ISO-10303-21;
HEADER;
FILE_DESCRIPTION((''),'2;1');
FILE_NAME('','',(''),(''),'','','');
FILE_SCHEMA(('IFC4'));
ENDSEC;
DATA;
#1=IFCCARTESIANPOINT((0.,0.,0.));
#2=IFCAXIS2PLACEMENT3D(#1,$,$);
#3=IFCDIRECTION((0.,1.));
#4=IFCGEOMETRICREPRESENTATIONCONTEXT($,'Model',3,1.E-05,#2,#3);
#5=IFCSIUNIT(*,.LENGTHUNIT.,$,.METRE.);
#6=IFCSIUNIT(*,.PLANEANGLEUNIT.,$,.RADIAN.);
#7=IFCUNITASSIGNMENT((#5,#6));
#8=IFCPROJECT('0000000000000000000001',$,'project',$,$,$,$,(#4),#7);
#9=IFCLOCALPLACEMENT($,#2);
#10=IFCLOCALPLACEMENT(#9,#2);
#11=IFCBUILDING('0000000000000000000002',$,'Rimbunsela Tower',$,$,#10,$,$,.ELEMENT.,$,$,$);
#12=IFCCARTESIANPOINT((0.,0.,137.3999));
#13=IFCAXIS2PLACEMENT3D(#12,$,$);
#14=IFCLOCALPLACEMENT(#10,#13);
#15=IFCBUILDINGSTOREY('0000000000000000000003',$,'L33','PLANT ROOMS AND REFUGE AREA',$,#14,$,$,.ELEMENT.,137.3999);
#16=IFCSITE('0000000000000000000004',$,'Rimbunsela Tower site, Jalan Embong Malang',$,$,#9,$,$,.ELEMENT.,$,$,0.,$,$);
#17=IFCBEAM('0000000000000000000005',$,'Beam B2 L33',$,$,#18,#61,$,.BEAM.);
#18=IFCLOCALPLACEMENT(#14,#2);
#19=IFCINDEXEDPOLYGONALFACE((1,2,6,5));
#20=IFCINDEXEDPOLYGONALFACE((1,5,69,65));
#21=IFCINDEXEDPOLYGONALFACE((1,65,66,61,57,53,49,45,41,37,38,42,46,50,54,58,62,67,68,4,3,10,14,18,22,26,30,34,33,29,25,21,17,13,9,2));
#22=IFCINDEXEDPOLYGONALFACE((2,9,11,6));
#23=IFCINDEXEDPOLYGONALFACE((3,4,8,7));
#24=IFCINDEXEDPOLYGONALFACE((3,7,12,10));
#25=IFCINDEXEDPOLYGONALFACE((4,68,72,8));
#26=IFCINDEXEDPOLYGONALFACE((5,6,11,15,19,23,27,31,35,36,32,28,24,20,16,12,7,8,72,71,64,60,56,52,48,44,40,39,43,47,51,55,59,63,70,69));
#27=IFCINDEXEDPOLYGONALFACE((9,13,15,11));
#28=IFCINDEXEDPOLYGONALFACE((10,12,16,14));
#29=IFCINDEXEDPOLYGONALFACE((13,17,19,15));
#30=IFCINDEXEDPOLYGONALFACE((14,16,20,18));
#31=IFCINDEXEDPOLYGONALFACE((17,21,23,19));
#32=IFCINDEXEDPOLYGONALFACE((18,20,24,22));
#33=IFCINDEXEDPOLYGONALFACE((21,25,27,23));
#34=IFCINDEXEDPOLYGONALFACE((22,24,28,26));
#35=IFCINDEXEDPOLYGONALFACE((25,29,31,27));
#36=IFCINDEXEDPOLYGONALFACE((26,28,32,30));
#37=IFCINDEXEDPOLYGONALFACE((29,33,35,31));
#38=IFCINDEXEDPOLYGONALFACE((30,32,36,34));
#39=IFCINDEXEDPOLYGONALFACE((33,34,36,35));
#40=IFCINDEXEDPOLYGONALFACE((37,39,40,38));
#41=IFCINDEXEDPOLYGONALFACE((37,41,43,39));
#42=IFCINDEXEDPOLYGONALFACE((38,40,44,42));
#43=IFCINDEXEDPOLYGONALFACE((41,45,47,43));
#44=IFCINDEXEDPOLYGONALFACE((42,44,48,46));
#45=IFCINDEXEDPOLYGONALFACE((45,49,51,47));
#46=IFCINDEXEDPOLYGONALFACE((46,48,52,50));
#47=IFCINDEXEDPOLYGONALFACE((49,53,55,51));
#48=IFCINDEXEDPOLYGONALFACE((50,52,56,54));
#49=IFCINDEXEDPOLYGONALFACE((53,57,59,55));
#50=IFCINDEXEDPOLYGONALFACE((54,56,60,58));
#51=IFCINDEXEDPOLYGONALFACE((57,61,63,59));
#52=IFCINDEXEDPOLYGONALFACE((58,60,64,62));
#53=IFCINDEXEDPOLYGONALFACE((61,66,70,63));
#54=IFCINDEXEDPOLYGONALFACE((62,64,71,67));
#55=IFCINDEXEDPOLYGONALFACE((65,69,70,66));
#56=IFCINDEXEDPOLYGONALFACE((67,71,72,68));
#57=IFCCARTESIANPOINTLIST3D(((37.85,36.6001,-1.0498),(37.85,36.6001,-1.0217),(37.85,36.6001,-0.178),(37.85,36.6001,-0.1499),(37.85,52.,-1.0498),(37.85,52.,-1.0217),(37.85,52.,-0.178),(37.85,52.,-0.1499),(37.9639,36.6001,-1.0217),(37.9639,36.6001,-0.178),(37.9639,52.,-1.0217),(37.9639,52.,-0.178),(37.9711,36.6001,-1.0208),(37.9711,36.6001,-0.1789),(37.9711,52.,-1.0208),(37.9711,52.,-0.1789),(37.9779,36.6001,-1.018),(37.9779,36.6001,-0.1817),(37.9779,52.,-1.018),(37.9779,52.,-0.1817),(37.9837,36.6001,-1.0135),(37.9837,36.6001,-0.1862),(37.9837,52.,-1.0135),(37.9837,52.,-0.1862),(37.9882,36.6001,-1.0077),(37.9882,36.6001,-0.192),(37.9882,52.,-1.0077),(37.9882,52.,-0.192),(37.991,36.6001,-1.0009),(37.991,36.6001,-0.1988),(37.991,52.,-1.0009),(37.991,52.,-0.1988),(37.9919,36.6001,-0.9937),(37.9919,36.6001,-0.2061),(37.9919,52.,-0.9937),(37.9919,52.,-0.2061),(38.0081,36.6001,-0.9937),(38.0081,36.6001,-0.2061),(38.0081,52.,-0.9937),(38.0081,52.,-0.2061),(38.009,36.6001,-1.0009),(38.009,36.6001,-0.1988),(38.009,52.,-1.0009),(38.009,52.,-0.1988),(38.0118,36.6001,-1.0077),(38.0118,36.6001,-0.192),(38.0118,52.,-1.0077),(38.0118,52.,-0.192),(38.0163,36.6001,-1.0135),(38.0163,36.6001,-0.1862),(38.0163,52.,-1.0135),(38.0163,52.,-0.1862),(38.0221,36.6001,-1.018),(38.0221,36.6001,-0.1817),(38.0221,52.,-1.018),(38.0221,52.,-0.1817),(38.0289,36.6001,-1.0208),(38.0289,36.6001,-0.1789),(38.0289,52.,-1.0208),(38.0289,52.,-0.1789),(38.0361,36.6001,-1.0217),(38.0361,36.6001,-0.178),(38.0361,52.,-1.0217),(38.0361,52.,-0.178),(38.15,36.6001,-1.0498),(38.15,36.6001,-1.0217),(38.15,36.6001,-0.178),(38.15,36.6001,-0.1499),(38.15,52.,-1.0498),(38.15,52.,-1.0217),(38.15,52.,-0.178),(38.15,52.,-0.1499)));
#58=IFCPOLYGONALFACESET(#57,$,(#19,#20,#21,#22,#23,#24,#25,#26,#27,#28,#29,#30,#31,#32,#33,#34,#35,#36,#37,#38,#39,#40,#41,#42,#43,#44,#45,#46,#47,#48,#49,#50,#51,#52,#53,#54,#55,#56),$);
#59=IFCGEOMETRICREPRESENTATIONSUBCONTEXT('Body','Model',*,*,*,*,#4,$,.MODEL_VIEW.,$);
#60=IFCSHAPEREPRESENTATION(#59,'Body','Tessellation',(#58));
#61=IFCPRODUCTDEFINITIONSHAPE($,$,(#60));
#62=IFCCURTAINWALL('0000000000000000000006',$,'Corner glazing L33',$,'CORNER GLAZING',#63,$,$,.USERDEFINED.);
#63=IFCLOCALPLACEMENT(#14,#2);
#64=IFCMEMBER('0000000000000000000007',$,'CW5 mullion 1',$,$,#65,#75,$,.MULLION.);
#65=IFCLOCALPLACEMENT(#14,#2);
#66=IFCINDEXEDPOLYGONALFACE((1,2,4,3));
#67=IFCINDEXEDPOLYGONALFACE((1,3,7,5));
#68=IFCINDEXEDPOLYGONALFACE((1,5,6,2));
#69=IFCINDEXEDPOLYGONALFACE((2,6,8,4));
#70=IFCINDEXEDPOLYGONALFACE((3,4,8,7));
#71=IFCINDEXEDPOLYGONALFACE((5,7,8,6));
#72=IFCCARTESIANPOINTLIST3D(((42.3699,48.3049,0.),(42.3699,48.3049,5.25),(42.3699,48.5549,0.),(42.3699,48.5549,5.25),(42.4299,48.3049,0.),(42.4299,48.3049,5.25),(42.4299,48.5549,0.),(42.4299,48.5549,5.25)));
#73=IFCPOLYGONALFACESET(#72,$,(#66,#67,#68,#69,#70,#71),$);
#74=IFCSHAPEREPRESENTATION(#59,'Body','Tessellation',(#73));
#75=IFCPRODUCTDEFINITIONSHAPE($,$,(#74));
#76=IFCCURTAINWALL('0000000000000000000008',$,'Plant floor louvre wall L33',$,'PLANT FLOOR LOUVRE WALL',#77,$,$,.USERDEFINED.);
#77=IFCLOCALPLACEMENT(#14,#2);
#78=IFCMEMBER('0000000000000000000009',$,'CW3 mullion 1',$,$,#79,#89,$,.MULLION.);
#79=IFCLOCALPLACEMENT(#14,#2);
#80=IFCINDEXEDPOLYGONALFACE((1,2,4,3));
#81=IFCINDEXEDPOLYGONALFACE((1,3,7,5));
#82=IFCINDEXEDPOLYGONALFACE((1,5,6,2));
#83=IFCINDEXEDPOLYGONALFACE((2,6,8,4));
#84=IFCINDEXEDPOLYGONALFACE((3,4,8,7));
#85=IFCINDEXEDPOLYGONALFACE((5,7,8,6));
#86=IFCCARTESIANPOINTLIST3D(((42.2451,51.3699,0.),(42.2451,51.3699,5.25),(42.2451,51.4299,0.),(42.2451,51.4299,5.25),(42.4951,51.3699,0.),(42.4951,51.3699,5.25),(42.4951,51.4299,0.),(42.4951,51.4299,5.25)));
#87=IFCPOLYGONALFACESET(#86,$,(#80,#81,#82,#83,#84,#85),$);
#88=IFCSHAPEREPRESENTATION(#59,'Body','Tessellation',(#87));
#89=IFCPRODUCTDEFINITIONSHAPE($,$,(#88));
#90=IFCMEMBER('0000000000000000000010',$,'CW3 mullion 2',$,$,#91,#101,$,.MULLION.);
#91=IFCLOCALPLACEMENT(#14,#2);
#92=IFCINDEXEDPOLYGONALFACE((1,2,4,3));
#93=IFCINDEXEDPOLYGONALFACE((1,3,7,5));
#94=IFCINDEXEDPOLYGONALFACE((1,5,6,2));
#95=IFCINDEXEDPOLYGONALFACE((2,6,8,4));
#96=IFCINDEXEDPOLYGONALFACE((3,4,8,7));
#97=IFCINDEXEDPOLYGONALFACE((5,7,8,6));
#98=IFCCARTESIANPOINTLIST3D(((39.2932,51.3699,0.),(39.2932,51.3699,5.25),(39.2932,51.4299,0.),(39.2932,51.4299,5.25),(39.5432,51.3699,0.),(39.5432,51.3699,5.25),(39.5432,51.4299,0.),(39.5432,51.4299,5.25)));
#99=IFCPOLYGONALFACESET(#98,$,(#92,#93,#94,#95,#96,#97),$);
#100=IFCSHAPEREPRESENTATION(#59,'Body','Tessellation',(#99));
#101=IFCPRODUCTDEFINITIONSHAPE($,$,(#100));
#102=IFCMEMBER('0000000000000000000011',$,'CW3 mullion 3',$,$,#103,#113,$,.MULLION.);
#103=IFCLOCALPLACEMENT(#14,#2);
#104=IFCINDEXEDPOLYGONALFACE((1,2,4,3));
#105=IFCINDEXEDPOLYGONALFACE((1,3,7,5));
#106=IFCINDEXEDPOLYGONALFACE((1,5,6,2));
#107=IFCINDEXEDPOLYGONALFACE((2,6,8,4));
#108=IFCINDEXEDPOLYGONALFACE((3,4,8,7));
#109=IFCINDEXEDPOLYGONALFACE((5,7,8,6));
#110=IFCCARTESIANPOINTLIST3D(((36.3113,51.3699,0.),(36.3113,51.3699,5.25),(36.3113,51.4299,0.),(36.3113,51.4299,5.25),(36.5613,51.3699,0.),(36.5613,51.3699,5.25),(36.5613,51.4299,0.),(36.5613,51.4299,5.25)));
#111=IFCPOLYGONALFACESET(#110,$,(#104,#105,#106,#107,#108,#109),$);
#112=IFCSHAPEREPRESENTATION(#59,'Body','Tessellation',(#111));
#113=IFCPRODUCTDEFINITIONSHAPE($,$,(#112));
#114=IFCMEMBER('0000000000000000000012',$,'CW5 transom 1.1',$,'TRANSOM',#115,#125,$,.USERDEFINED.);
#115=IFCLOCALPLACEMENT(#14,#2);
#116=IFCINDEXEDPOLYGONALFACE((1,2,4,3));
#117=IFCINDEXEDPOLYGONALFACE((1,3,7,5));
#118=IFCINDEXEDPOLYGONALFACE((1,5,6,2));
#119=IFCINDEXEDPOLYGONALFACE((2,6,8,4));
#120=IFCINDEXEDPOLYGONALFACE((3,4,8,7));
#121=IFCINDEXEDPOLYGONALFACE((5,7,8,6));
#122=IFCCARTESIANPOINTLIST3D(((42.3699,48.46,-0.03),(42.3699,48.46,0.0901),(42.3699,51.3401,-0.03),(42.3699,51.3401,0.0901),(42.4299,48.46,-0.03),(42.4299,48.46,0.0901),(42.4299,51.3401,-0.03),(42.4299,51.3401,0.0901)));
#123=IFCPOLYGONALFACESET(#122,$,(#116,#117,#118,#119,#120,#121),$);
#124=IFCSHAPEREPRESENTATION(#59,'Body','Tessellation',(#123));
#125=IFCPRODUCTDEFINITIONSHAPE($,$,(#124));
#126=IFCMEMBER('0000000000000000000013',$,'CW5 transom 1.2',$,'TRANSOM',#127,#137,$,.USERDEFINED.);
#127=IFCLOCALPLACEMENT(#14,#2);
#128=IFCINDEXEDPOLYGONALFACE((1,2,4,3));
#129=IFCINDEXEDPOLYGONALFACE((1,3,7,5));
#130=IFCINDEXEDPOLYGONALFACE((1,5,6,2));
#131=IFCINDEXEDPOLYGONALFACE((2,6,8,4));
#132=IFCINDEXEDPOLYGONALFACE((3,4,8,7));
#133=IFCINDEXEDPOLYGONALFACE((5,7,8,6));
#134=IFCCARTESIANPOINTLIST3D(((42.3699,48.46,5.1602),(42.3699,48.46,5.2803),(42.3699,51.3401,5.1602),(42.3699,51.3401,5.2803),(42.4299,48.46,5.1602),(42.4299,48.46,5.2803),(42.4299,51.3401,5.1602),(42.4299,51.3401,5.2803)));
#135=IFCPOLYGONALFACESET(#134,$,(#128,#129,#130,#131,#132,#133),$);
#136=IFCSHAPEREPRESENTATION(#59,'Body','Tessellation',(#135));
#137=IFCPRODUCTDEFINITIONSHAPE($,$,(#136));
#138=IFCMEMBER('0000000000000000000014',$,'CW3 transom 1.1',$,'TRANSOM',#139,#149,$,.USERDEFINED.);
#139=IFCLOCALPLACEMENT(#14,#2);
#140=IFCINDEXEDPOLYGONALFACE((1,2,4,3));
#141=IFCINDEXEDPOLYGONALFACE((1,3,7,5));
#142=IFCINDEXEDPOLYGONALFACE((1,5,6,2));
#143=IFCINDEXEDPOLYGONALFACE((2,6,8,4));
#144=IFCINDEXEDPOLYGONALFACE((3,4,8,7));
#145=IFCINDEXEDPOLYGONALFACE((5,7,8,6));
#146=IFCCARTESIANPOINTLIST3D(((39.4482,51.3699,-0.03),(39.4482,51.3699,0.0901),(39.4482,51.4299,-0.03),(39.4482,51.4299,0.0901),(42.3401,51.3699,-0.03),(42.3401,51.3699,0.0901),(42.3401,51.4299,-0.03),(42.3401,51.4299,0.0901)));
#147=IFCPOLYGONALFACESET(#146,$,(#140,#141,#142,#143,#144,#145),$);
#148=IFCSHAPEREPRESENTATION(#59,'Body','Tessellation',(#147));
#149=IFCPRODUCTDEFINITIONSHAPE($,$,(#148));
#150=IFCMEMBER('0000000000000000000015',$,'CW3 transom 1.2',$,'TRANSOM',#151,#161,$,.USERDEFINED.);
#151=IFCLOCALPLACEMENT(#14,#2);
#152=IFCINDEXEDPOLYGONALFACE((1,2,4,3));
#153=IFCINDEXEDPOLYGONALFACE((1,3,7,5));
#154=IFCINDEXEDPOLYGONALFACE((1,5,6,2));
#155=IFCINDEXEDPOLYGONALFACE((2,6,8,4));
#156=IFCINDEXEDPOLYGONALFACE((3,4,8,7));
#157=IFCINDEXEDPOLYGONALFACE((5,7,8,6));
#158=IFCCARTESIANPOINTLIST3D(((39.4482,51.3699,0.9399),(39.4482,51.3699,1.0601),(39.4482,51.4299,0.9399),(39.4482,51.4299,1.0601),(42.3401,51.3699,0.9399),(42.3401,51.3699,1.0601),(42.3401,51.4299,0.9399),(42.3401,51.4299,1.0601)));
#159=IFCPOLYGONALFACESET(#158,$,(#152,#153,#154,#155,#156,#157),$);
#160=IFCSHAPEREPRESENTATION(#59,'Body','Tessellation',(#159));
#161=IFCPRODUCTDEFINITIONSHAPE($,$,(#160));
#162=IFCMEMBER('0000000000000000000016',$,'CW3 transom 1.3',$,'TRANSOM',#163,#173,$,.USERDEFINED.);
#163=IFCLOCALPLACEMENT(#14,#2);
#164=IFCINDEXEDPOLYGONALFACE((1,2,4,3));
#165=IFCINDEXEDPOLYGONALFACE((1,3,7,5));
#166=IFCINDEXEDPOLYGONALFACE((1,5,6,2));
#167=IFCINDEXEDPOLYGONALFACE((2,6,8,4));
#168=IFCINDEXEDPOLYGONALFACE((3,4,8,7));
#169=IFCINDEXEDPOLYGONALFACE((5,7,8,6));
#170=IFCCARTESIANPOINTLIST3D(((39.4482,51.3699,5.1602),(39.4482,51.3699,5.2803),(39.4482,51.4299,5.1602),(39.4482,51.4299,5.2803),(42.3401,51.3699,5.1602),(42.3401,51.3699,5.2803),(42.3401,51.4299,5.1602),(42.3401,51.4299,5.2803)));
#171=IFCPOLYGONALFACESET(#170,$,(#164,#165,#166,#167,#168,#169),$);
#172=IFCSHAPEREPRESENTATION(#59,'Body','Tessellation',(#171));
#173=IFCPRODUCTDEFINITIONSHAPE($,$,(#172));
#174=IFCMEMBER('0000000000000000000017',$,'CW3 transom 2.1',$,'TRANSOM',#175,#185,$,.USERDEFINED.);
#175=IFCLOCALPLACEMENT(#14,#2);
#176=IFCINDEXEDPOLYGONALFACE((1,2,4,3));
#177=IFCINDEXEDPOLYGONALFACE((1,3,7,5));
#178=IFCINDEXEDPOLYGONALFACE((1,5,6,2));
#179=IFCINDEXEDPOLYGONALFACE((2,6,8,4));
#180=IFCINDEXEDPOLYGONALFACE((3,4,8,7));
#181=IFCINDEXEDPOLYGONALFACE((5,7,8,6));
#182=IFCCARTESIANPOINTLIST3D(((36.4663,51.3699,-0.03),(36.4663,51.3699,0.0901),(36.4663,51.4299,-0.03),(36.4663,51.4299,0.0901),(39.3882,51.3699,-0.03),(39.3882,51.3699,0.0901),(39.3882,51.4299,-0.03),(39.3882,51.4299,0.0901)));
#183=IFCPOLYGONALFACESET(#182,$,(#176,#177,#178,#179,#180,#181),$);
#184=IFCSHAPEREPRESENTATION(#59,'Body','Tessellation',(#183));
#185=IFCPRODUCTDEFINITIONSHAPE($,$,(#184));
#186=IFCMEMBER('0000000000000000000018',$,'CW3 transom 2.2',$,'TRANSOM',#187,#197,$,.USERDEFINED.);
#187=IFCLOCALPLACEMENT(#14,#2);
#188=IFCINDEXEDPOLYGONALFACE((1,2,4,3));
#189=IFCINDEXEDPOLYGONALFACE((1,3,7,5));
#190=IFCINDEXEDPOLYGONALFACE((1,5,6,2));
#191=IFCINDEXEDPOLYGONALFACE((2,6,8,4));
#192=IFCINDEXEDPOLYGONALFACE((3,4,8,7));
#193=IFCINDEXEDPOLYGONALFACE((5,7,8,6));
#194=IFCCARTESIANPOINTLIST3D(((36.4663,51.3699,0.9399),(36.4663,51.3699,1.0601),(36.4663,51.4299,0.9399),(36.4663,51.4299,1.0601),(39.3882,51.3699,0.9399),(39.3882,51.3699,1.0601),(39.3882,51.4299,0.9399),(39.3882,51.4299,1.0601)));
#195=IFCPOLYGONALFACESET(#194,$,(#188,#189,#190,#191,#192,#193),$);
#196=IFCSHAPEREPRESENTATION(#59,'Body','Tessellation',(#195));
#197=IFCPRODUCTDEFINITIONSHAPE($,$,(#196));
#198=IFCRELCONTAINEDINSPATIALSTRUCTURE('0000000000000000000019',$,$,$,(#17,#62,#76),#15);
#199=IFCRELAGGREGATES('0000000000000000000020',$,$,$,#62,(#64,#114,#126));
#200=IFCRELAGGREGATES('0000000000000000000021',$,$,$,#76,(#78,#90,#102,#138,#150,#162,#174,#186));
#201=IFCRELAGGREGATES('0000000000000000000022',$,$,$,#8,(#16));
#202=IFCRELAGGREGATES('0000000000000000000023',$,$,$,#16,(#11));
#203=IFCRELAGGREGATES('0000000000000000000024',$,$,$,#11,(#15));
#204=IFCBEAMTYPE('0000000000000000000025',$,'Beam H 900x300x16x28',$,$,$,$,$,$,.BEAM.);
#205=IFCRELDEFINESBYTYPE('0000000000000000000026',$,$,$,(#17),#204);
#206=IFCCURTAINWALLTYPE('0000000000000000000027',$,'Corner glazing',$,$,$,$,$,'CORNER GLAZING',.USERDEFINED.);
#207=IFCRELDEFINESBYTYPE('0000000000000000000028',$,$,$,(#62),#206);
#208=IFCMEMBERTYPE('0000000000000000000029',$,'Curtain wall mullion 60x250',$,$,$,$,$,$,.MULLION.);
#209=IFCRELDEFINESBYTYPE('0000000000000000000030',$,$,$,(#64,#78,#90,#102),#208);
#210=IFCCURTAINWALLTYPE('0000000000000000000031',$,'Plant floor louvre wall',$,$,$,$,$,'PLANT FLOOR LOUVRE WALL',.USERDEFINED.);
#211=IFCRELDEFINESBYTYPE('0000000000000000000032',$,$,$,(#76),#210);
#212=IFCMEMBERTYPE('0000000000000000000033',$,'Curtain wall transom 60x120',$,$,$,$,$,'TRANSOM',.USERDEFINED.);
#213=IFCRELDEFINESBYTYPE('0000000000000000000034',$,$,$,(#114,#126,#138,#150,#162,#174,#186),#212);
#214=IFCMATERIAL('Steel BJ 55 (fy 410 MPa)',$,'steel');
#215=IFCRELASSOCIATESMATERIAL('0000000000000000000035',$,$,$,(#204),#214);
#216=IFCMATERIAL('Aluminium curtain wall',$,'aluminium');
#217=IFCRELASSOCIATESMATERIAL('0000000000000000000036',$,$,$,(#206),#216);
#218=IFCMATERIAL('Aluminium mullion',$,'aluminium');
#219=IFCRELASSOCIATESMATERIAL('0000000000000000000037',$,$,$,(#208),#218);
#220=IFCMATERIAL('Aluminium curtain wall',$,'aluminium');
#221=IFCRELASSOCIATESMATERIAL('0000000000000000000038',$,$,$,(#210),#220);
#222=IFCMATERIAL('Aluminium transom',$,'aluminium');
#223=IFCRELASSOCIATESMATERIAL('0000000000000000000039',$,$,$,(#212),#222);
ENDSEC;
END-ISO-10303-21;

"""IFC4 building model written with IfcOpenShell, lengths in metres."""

from ifc_helpers import new_model, si_unit, direction, frame, origin, origin_2d, place, context, subcontext, project, spatial, rectangle, i_section, extrude, material, material_profile, profile_set, type_object, element, aggregate, save


model = new_model("IFC4")

# Units and contexts
model_context = context("Model", 3, precision=1e-05, world=origin(), true_north=direction((0.0, 1.0)))
body_context = subcontext(model_context, "Body", "Model", "MODEL_VIEW")
ifc_project = project(units=[si_unit("LENGTHUNIT", "METRE"), si_unit("PLANEANGLEUNIT", "RADIAN")], contexts=[model_context])

# Site, building, storey
site_placement = place(None, origin())
site = spatial("IfcSite", under=ifc_project, at=site_placement, Name="Rimbunsela Tower site, Jalan Embong Malang", CompositionType="ELEMENT", RefElevation=0.0)
building_placement = place(site_placement, origin())
building = spatial("IfcBuilding", under=site, at=building_placement, Name="Rimbunsela Tower", CompositionType="ELEMENT")
storey_placement = place(building_placement, frame((0.0, 0.0, 137.3999)))
storey = spatial("IfcBuildingStorey", under=building, at=storey_placement, Name="L33", Description="PLANT ROOMS AND REFUGE AREA", CompositionType="ELEMENT", Elevation=137.3999)

# Beam
ifc_material_1 = material(Name="Steel BJ 55 (fy 410 MPa)", Category="steel")
ifc_material_profile_1 = material_profile(ifc_material_1, i_section(OverallWidth=0.3, OverallDepth=0.8999, WebThickness=0.0161, FlangeThickness=0.0281, FilletRadius=0.0281, at=origin_2d()), Name="H 900x300x16x28")
ifc_profile_set_1 = profile_set([ifc_material_profile_1], Name="Steel BJ 55 (fy 410 MPa)")
beam_type_1 = type_object("IfcBeamType", Name="Beam H 900x300x16x28", PredefinedType="BEAM", material=ifc_profile_set_1)
beam_1_placement = place(storey_placement, frame((38.0, 36.6001, -0.5999), z_axis=(0.0, 1.0, 0.0), x_axis=(-1.0, 0.0, 0.0)))
element("IfcBeam", 1, at=beam_1_placement, inside=storey, type_object=beam_type_1, Name="Beam B2 L33", PredefinedType="BEAM", context=body_context, shape_type="SweptSolid", body=[
    extrude(i_section(OverallWidth=0.3, OverallDepth=0.8999, WebThickness=0.0161, FlangeThickness=0.0281, FilletRadius=0.0281, at=origin_2d()), origin(), (0.0, 0.0, 1.0), 15.3999),
])

# Curtain wall, member
ifc_material_2 = material(Name="Aluminium curtain wall", Category="aluminium")
curtain_wall_type_1 = type_object("IfcCurtainWallType", Name="Corner glazing", ElementType="CORNER GLAZING", PredefinedType="USERDEFINED", material=ifc_material_2)
curtain_wall_1_placement = place(storey_placement, origin())
curtain_wall_1 = element("IfcCurtainWall", 2, at=curtain_wall_1_placement, inside=storey, type_object=curtain_wall_type_1, Name="Corner glazing L33", ObjectType="CORNER GLAZING", PredefinedType="USERDEFINED")
ifc_material_3 = material(Name="Aluminium mullion", Category="aluminium")
ifc_material_profile_2 = material_profile(ifc_material_3, rectangle(XDim=0.0601, YDim=0.25, at=origin_2d()), Name="Mullion 60x250")
ifc_profile_set_2 = profile_set([ifc_material_profile_2], Name="Aluminium mullion")
member_type_1 = type_object("IfcMemberType", Name="Curtain wall mullion 60x250", PredefinedType="MULLION", material=ifc_profile_set_2)
member_1_placement = place(storey_placement, frame((42.3999, 48.4299, 0.0), z_axis=(0.0, 0.0, 1.0), x_axis=(-1.0, 0.0, 0.0)))
member_1 = element("IfcMember", 3, at=member_1_placement, type_object=member_type_1, Name="CW5 mullion 1", PredefinedType="MULLION", context=body_context, shape_type="SweptSolid", body=[
    extrude(rectangle(XDim=0.0601, YDim=0.25, at=origin_2d()), origin(), (0.0, 0.0, 1.0), 5.25),
])

# Curtain wall, members
ifc_material_4 = material(Name="Aluminium curtain wall", Category="aluminium")
curtain_wall_type_2 = type_object("IfcCurtainWallType", Name="Plant floor louvre wall", ElementType="PLANT FLOOR LOUVRE WALL", PredefinedType="USERDEFINED", material=ifc_material_4)
curtain_wall_2_placement = place(storey_placement, origin())
curtain_wall_2 = element("IfcCurtainWall", 4, at=curtain_wall_2_placement, inside=storey, type_object=curtain_wall_type_2, Name="Plant floor louvre wall L33", ObjectType="PLANT FLOOR LOUVRE WALL", PredefinedType="USERDEFINED")
member_2_placement = place(storey_placement, frame((42.3701, 51.3999, 0.0), z_axis=(0.0, 0.0, 1.0), x_axis=(0.0, -1.0, 0.0)))
member_2 = element("IfcMember", 5, at=member_2_placement, type_object=member_type_1, Name="CW3 mullion 1", PredefinedType="MULLION", context=body_context, shape_type="SweptSolid", body=[
    extrude(rectangle(XDim=0.0601, YDim=0.25, at=origin_2d()), origin(), (0.0, 0.0, 1.0), 5.25),
])
member_3_placement = place(storey_placement, frame((39.4182, 51.3999, 0.0), z_axis=(0.0, 0.0, 1.0), x_axis=(0.0, -1.0, 0.0)))
member_3 = element("IfcMember", 6, at=member_3_placement, type_object=member_type_1, Name="CW3 mullion 2", PredefinedType="MULLION", context=body_context, shape_type="SweptSolid", body=[
    extrude(rectangle(XDim=0.0601, YDim=0.25, at=origin_2d()), origin(), (0.0, 0.0, 1.0), 5.25),
])
member_4_placement = place(storey_placement, frame((36.4363, 51.3999, 0.0), z_axis=(0.0, 0.0, 1.0), x_axis=(0.0, -1.0, 0.0)))
member_4 = element("IfcMember", 7, at=member_4_placement, type_object=member_type_1, Name="CW3 mullion 3", PredefinedType="MULLION", context=body_context, shape_type="SweptSolid", body=[
    extrude(rectangle(XDim=0.0601, YDim=0.25, at=origin_2d()), origin(), (0.0, 0.0, 1.0), 5.25),
])

# Members
ifc_material_5 = material(Name="Aluminium transom", Category="aluminium")
ifc_material_profile_3 = material_profile(ifc_material_5, rectangle(XDim=0.0601, YDim=0.1201, at=origin_2d()), Name="Transom 60x120")
ifc_profile_set_3 = profile_set([ifc_material_profile_3], Name="Aluminium transom")
member_type_2 = type_object("IfcMemberType", Name="Curtain wall transom 60x120", ElementType="TRANSOM", PredefinedType="USERDEFINED", material=ifc_profile_set_3)
member_5_placement = place(storey_placement, frame((42.3999, 48.46, 0.03), z_axis=(0.0, 1.0, 0.0), x_axis=(-1.0, 0.0, 0.0)))
member_5 = element("IfcMember", 8, at=member_5_placement, type_object=member_type_2, Name="CW5 transom 1.1", ObjectType="TRANSOM", PredefinedType="USERDEFINED", context=body_context, shape_type="SweptSolid", body=[
    extrude(rectangle(XDim=0.0601, YDim=0.1201, at=origin_2d()), origin(), (0.0, 0.0, 1.0), 2.8801),
])
member_6_placement = place(storey_placement, frame((42.3999, 48.46, 5.2202), z_axis=(0.0, 1.0, 0.0), x_axis=(-1.0, 0.0, 0.0)))
member_6 = element("IfcMember", 9, at=member_6_placement, type_object=member_type_2, Name="CW5 transom 1.2", ObjectType="TRANSOM", PredefinedType="USERDEFINED", context=body_context, shape_type="SweptSolid", body=[
    extrude(rectangle(XDim=0.0601, YDim=0.1201, at=origin_2d()), origin(), (0.0, 0.0, 1.0), 2.8801),
])
member_7_placement = place(storey_placement, frame((42.3401, 51.3999, 0.03), z_axis=(-1.0, 0.0, 0.0), x_axis=(0.0, -1.0, 0.0)))
member_7 = element("IfcMember", 10, at=member_7_placement, type_object=member_type_2, Name="CW3 transom 1.1", ObjectType="TRANSOM", PredefinedType="USERDEFINED", context=body_context, shape_type="SweptSolid", body=[
    extrude(rectangle(XDim=0.0601, YDim=0.1201, at=origin_2d()), origin(), (0.0, 0.0, 1.0), 2.8918),
])
member_8_placement = place(storey_placement, frame((42.3401, 51.3999, 1.0), z_axis=(-1.0, 0.0, 0.0), x_axis=(0.0, -1.0, 0.0)))
member_8 = element("IfcMember", 11, at=member_8_placement, type_object=member_type_2, Name="CW3 transom 1.2", ObjectType="TRANSOM", PredefinedType="USERDEFINED", context=body_context, shape_type="SweptSolid", body=[
    extrude(rectangle(XDim=0.0601, YDim=0.1201, at=origin_2d()), origin(), (0.0, 0.0, 1.0), 2.8918),
])
member_9_placement = place(storey_placement, frame((42.3401, 51.3999, 5.2202), z_axis=(-1.0, 0.0, 0.0), x_axis=(0.0, -1.0, 0.0)))
member_9 = element("IfcMember", 12, at=member_9_placement, type_object=member_type_2, Name="CW3 transom 1.3", ObjectType="TRANSOM", PredefinedType="USERDEFINED", context=body_context, shape_type="SweptSolid", body=[
    extrude(rectangle(XDim=0.0601, YDim=0.1201, at=origin_2d()), origin(), (0.0, 0.0, 1.0), 2.8918),
])
member_10_placement = place(storey_placement, frame((39.3882, 51.3999, 0.03), z_axis=(-1.0, 0.0, 0.0), x_axis=(0.0, -1.0, 0.0)))
member_10 = element("IfcMember", 13, at=member_10_placement, type_object=member_type_2, Name="CW3 transom 2.1", ObjectType="TRANSOM", PredefinedType="USERDEFINED", context=body_context, shape_type="SweptSolid", body=[
    extrude(rectangle(XDim=0.0601, YDim=0.1201, at=origin_2d()), origin(), (0.0, 0.0, 1.0), 2.9219),
])
member_11_placement = place(storey_placement, frame((39.3882, 51.3999, 1.0), z_axis=(-1.0, 0.0, 0.0), x_axis=(0.0, -1.0, 0.0)))
member_11 = element("IfcMember", 14, at=member_11_placement, type_object=member_type_2, Name="CW3 transom 2.2", ObjectType="TRANSOM", PredefinedType="USERDEFINED", context=body_context, shape_type="SweptSolid", body=[
    extrude(rectangle(XDim=0.0601, YDim=0.1201, at=origin_2d()), origin(), (0.0, 0.0, 1.0), 2.9219),
])

aggregate(curtain_wall_1, [member_1, member_5, member_6])
aggregate(curtain_wall_2, [member_2, member_3, member_4, member_7, member_8, member_9, member_10, member_11])

save(model, "model.ifc")
